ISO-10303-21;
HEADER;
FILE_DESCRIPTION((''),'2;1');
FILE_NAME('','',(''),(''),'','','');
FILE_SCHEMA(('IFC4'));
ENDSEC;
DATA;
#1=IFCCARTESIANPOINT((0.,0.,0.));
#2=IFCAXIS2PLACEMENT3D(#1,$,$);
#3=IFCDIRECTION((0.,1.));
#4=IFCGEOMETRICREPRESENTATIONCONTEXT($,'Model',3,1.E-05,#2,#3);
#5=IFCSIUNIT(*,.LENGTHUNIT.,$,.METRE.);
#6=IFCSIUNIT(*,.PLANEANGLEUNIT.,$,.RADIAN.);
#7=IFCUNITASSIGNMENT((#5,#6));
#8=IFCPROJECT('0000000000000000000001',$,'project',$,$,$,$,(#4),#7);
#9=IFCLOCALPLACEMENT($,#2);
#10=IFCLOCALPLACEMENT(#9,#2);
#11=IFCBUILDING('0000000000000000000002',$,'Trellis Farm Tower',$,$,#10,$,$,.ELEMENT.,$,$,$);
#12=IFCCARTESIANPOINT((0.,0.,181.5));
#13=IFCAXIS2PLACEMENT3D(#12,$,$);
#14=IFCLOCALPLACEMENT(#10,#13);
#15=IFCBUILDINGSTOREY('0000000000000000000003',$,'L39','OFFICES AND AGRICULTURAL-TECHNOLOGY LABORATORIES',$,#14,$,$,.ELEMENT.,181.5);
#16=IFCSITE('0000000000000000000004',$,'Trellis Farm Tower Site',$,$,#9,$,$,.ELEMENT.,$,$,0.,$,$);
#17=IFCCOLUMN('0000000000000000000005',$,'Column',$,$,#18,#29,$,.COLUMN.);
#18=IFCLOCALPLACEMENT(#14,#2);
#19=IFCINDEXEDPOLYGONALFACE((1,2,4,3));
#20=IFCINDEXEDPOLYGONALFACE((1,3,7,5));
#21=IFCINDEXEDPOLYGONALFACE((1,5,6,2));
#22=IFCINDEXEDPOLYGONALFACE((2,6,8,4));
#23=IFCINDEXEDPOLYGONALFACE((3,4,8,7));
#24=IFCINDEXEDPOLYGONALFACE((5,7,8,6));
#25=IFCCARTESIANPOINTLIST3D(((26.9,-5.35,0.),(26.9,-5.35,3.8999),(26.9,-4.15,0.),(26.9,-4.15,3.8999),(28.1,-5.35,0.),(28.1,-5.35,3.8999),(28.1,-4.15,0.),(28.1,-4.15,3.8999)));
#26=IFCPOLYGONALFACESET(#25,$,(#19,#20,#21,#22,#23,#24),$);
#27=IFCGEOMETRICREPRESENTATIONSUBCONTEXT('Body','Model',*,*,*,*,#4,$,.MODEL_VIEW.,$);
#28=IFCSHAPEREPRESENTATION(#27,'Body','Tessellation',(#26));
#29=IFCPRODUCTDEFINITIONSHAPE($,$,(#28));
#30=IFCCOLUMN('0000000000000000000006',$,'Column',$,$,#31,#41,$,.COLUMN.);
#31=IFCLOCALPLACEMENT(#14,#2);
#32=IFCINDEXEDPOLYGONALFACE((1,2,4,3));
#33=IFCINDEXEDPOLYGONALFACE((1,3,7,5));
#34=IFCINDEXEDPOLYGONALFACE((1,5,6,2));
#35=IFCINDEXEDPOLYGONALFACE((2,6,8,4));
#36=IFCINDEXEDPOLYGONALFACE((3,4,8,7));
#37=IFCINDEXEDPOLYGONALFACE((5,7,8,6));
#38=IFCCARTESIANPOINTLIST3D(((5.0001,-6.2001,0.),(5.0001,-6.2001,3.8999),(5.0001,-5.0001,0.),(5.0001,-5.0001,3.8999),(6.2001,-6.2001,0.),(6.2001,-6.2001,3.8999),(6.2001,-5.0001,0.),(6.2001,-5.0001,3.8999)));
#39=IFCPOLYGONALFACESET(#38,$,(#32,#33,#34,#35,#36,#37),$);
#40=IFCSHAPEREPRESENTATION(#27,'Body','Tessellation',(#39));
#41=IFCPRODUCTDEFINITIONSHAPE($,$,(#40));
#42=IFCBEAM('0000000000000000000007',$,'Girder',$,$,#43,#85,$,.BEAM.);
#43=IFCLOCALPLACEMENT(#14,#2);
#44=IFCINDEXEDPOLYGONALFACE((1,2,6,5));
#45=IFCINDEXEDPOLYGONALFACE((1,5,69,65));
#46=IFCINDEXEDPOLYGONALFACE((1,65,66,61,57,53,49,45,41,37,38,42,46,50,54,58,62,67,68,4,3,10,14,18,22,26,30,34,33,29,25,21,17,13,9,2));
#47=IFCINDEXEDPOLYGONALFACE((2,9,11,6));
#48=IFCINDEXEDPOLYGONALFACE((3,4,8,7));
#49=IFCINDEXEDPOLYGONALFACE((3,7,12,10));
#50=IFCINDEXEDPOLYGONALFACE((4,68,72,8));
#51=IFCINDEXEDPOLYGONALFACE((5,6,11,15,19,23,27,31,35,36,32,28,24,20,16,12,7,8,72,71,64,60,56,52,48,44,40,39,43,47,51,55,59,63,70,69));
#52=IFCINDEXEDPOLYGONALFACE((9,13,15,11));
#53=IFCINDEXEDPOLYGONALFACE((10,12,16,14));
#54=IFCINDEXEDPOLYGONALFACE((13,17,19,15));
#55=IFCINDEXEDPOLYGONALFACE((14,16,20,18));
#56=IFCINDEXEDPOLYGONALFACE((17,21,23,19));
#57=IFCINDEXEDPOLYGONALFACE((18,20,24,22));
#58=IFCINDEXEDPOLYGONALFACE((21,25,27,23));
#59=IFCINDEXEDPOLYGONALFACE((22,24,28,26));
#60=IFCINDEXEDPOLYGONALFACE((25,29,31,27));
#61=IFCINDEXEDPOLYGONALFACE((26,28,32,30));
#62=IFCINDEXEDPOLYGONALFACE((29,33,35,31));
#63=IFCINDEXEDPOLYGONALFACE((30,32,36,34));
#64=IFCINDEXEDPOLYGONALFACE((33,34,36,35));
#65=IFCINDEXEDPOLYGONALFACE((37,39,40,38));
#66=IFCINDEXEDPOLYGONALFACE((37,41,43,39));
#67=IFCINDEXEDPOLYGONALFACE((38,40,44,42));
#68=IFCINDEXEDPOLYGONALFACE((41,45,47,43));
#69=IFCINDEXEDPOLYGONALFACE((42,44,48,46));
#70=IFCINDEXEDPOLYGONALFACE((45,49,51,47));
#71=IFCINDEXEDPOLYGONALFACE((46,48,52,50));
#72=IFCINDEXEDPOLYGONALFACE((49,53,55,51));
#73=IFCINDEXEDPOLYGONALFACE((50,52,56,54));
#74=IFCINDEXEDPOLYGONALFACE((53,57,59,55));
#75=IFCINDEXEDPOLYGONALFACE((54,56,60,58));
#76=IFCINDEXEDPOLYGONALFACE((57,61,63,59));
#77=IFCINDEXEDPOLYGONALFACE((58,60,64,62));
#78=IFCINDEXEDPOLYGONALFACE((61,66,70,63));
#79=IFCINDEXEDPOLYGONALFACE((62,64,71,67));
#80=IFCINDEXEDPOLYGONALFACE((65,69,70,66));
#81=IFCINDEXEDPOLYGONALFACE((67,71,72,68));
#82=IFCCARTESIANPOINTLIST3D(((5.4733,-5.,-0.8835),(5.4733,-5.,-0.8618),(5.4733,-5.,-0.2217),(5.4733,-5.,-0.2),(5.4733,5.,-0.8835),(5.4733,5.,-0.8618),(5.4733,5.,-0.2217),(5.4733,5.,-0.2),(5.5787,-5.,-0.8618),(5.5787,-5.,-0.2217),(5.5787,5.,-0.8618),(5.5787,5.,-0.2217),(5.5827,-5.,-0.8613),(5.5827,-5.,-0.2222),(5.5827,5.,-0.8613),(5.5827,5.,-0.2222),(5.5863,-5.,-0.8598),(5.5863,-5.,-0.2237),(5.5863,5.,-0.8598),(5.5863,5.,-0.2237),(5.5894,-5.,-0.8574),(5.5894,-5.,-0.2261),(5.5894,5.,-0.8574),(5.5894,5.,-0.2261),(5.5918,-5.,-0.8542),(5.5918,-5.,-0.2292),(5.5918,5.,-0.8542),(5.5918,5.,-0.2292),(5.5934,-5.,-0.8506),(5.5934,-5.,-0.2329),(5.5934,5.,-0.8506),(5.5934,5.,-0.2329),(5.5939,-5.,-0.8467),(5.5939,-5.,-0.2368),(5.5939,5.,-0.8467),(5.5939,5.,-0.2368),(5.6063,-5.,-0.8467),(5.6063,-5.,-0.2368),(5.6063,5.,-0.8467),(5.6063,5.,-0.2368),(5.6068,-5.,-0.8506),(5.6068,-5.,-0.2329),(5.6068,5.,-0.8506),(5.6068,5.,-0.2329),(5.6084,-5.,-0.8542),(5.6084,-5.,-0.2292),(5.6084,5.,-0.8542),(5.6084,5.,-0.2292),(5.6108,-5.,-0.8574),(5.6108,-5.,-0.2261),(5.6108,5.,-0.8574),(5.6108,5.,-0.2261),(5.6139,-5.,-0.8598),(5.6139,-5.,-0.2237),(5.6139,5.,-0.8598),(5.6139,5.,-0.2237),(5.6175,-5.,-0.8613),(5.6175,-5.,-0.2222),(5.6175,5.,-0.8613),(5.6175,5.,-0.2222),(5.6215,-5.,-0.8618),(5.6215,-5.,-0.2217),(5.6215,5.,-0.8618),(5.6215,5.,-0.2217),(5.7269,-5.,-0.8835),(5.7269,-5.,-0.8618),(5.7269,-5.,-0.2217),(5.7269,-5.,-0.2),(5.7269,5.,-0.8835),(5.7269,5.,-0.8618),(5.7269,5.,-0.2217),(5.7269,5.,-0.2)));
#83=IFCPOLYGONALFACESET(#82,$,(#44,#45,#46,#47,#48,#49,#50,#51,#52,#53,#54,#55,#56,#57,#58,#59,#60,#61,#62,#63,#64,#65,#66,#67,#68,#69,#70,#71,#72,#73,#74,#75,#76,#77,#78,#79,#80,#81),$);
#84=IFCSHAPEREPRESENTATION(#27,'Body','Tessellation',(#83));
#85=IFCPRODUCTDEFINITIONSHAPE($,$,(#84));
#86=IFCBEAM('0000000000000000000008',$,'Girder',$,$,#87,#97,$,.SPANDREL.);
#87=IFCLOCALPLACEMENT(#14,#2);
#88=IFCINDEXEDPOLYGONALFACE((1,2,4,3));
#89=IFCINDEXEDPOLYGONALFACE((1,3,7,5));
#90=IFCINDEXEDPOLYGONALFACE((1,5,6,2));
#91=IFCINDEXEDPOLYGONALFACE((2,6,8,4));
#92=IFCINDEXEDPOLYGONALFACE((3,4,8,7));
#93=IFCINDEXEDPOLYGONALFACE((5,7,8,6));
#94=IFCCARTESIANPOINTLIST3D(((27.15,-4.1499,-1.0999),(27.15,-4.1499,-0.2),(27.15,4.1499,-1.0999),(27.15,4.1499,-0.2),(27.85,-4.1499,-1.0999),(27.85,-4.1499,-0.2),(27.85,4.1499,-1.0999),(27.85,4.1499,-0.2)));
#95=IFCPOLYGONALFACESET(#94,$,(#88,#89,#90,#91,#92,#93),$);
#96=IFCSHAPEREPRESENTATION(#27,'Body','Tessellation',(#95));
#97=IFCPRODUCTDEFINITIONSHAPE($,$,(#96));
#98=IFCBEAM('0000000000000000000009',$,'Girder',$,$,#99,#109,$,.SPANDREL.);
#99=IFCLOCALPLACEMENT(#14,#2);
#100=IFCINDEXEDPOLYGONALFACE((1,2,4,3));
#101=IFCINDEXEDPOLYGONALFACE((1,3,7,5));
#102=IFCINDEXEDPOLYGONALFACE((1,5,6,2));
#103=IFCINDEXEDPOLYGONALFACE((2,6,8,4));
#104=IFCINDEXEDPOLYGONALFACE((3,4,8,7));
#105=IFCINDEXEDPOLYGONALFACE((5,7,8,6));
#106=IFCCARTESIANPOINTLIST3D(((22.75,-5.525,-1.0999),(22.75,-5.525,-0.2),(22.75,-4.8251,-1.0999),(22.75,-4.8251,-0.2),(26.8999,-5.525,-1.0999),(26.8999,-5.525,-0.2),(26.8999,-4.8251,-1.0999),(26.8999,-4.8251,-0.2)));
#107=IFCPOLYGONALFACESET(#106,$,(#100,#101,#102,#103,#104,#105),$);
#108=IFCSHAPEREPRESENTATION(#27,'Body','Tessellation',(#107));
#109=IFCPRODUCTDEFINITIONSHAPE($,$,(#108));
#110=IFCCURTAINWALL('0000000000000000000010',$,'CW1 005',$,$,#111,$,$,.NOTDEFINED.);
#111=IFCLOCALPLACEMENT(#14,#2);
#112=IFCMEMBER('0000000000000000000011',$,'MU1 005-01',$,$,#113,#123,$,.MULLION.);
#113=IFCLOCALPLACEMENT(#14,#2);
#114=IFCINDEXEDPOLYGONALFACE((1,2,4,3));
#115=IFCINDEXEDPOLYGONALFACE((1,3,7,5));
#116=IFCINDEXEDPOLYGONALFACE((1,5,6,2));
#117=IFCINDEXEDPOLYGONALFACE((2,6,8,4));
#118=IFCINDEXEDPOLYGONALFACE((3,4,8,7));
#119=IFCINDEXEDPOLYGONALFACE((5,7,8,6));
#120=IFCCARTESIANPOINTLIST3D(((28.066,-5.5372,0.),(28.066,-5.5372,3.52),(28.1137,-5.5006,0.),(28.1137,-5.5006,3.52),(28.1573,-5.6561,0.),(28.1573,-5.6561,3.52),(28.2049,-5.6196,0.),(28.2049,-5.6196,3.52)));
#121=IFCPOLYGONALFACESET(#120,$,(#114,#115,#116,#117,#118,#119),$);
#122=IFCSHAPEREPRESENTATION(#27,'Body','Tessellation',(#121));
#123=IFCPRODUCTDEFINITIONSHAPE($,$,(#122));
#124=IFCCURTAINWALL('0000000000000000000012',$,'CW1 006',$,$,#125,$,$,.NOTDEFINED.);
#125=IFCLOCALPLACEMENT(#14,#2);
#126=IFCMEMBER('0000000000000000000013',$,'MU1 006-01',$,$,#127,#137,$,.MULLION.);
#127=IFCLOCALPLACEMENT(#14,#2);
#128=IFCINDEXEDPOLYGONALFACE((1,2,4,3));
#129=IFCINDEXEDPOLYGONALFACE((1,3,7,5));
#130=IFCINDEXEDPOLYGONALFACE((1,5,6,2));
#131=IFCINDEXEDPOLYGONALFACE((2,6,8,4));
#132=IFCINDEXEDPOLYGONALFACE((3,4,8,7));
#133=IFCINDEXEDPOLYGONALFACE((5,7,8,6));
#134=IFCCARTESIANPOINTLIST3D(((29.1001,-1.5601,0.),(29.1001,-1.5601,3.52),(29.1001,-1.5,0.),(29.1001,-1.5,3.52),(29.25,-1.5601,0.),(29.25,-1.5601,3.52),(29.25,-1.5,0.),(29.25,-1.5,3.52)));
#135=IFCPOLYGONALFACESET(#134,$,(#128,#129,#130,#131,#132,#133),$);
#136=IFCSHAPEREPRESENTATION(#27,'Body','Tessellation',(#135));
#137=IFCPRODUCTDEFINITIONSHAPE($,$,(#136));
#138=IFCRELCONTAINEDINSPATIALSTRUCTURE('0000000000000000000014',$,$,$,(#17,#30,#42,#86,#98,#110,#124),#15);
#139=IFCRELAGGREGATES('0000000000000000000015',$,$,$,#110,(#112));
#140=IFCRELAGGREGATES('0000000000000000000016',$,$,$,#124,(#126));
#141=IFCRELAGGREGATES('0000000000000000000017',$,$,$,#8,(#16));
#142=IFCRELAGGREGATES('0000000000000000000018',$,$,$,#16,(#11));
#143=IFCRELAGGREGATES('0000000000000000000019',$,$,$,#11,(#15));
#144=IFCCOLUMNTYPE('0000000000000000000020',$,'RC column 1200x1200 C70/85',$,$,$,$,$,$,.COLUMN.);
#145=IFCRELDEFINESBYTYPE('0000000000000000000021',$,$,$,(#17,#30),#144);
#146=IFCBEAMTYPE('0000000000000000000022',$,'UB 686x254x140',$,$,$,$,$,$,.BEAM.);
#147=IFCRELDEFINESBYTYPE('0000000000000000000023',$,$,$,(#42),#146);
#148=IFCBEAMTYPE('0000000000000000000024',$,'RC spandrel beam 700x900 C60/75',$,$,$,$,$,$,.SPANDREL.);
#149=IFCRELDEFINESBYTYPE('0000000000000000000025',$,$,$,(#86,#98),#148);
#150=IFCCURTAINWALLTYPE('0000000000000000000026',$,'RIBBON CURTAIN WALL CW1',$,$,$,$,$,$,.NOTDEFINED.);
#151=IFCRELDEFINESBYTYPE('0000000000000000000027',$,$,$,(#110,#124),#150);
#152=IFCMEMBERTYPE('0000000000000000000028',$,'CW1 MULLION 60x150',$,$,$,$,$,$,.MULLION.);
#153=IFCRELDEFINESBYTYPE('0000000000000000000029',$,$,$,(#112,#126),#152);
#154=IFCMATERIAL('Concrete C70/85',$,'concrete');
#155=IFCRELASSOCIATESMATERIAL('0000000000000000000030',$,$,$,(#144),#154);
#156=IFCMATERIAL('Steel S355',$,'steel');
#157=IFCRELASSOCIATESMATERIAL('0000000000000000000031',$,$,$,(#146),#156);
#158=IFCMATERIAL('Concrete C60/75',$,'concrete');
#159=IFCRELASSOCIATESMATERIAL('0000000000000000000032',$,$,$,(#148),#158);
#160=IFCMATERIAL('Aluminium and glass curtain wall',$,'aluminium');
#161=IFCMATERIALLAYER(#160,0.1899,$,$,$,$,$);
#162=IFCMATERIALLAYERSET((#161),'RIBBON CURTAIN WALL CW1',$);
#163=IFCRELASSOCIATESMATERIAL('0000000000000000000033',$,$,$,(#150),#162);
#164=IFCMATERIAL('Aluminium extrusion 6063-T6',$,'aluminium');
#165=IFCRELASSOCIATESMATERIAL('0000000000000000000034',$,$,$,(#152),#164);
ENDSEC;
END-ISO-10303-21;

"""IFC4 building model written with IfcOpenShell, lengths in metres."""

from ifc_helpers import new_model, si_unit, direction, frame, origin, origin_2d, place, context, subcontext, project, spatial, rectangle, i_section, extrude, source, transform, mapped, material, layer, layer_set, material_profile, profile_set, type_object, element, aggregate, save


model = new_model("IFC4")

# Units and contexts
model_context = context("Model", 3, precision=1e-05, world=origin(), true_north=direction((0.0, 1.0)))
body_context = subcontext(model_context, "Body", "Model", "MODEL_VIEW")
ifc_project = project(units=[si_unit("LENGTHUNIT", "METRE"), si_unit("PLANEANGLEUNIT", "RADIAN")], contexts=[model_context])

# Site, building, storey
site_placement = place(None, origin())
site = spatial("IfcSite", under=ifc_project, at=site_placement, Name="Trellis Farm Tower Site", CompositionType="ELEMENT", RefElevation=0.0)
building_placement = place(site_placement, origin())
building = spatial("IfcBuilding", under=site, at=building_placement, Name="Trellis Farm Tower", CompositionType="ELEMENT")
storey_placement = place(building_placement, frame((0.0, 0.0, 181.5)))
storey = spatial("IfcBuildingStorey", under=building, at=storey_placement, Name="L39", Description="OFFICES AND AGRICULTURAL-TECHNOLOGY LABORATORIES", CompositionType="ELEMENT", Elevation=181.5)

# Columns
ifc_material_1 = material(Name="Concrete C70/85", Category="concrete")
ifc_material_profile_1 = material_profile(ifc_material_1, rectangle(XDim=1.2, YDim=1.2, at=origin_2d()), Name="RC column 1200x1200 C70/85")
ifc_profile_set_1 = profile_set([ifc_material_profile_1], Name="Concrete C70/85")
column_type = type_object("IfcColumnType", Name="RC column 1200x1200 C70/85", PredefinedType="COLUMN", material=ifc_profile_set_1)
shared_shape_1 = source(origin(), body_context, "Body", "SweptSolid", [
    extrude(rectangle(XDim=1.2, YDim=1.2, at=origin_2d()), origin(), (0.0, 0.0, 1.0), 3.8999),
])
for number, where, z_axis, x_axis, name in (
    (1, (27.5, -4.75, 0.0), (0.0, 0.0, 1.0), (1.0, 0.0, 0.0), "Column"),
    (2, (5.6001, -5.6001, 0.0), (0.0, 0.0, 1.0), (1.0, 0.0, 0.0), "Column"),
):
    element("IfcColumn", number, at=place(storey_placement, frame(where, z_axis=z_axis, x_axis=x_axis)), inside=storey, type_object=column_type, Name=name, PredefinedType="COLUMN", context=body_context, shape_type="MappedRepresentation", body=[
        mapped(shared_shape_1, transform((0.0, 0.0, 0.0))),
    ])

# Beams
ifc_material_2 = material(Name="Steel S355", Category="steel")
ifc_material_profile_2 = material_profile(ifc_material_2, i_section(OverallWidth=0.2537, OverallDepth=0.6836, WebThickness=0.0125, FlangeThickness=0.0217, FilletRadius=0.0151, at=origin_2d()), Name="UB 686x254x140")
ifc_profile_set_2 = profile_set([ifc_material_profile_2], Name="Steel S355")
beam_type_1 = type_object("IfcBeamType", Name="UB 686x254x140", PredefinedType="BEAM", material=ifc_profile_set_2)
shared_shape_2 = source(origin(), body_context, "Body", "SweptSolid", [
    extrude(i_section(OverallWidth=0.2537, OverallDepth=0.6836, WebThickness=0.0125, FlangeThickness=0.0217, FilletRadius=0.0151, at=origin_2d()), origin(), (0.0, 0.0, 1.0), 10.0),
])
beam_1_placement = place(storey_placement, frame((5.6001, -5.0, -0.5417), z_axis=(0.0, 1.0, 0.0), x_axis=(-1.0, 0.0, 0.0)))
element("IfcBeam", 3, at=beam_1_placement, inside=storey, type_object=beam_type_1, Name="Girder", PredefinedType="BEAM", context=body_context, shape_type="MappedRepresentation", body=[
    mapped(shared_shape_2, transform((0.0, 0.0, 0.0))),
])
ifc_material_3 = material(Name="Concrete C60/75", Category="concrete")
ifc_material_profile_3 = material_profile(ifc_material_3, rectangle(XDim=0.7, YDim=0.8999, at=origin_2d()), Name="RC spandrel beam 700x900 C60/75")
ifc_profile_set_3 = profile_set([ifc_material_profile_3], Name="Concrete C60/75")
beam_type_2 = type_object("IfcBeamType", Name="RC spandrel beam 700x900 C60/75", PredefinedType="SPANDREL", material=ifc_profile_set_3)
shared_shape_3 = source(origin(), body_context, "Body", "SweptSolid", [
    extrude(rectangle(XDim=0.7, YDim=0.8999, at=origin_2d()), origin(), (0.0, 0.0, 1.0), 8.2998),
])
beam_2_placement = place(storey_placement, frame((27.5, -4.1499, -0.6499), z_axis=(0.0, 1.0, 0.0), x_axis=(-1.0, 0.0, 0.0)))
element("IfcBeam", 4, at=beam_2_placement, inside=storey, type_object=beam_type_2, Name="Girder", PredefinedType="SPANDREL", context=body_context, shape_type="MappedRepresentation", body=[
    mapped(shared_shape_3, transform((0.0, 0.0, 0.0))),
])
shared_shape_4 = source(origin(), body_context, "Body", "SweptSolid", [
    extrude(rectangle(XDim=0.7, YDim=0.8999, at=origin_2d()), origin(), (0.0, 0.0, 1.0), 4.1499),
])
beam_3_placement = place(storey_placement, frame((22.75, -5.175, -0.6499), z_axis=(1.0, 0.0, 0.0), x_axis=(0.0, 1.0, 0.0)))
element("IfcBeam", 5, at=beam_3_placement, inside=storey, type_object=beam_type_2, Name="Girder", PredefinedType="SPANDREL", context=body_context, shape_type="MappedRepresentation", body=[
    mapped(shared_shape_4, transform((0.0, 0.0, 0.0))),
])

# Curtain walls, members
ifc_material_4 = material(Name="Aluminium and glass curtain wall", Category="aluminium")
ifc_layer_1 = layer(ifc_material_4, 0.1899)
ifc_layer_set_1 = layer_set([ifc_layer_1], Name="RIBBON CURTAIN WALL CW1")
curtain_wall_type = type_object("IfcCurtainWallType", Name="RIBBON CURTAIN WALL CW1", PredefinedType="NOTDEFINED", material=ifc_layer_set_1)
placement = place(storey_placement, origin())
curtain_wall_1 = element("IfcCurtainWall", 6, at=placement, inside=storey, type_object=curtain_wall_type, Name="CW1 005", PredefinedType="NOTDEFINED")
ifc_material_5 = material(Name="Aluminium extrusion 6063-T6", Category="aluminium")
ifc_material_profile_4 = material_profile(ifc_material_5, rectangle(XDim=0.0601, YDim=0.1499, at=origin_2d()), Name="MULLION 60x150")
ifc_profile_set_4 = profile_set([ifc_material_profile_4], Name="Aluminium extrusion 6063-T6")
member_type = type_object("IfcMemberType", Name="CW1 MULLION 60x150", PredefinedType="MULLION", material=ifc_profile_set_4)
shared_shape_5 = source(origin(), body_context, "Body", "SweptSolid", [
    extrude(rectangle(XDim=0.0601, YDim=0.1499, at=origin_2d()), origin(), (0.0, 0.0, 1.0), 3.52),
])
member_1_placement = place(storey_placement, frame((28.1355, -5.5784, 0.0), z_axis=(0.0, 0.0, 1.0), x_axis=(0.793353, 0.608761, 0.0)))
member_1 = element("IfcMember", 7, at=member_1_placement, type_object=member_type, Name="MU1 005-01", PredefinedType="MULLION", context=body_context, shape_type="MappedRepresentation", body=[
    mapped(shared_shape_5, transform((0.0, 0.0, 0.0))),
])
aggregate(curtain_wall_1, [member_1])
curtain_wall_2 = element("IfcCurtainWall", 8, at=placement, inside=storey, type_object=curtain_wall_type, Name="CW1 006", PredefinedType="NOTDEFINED")
member_2_placement = place(storey_placement, frame((29.175, -1.53, 0.0), z_axis=(0.0, 0.0, 1.0), x_axis=(0.0, 1.0, 0.0)))
member_2 = element("IfcMember", 9, at=member_2_placement, type_object=member_type, Name="MU1 006-01", PredefinedType="MULLION", context=body_context, shape_type="MappedRepresentation", body=[
    mapped(shared_shape_5, transform((0.0, 0.0, 0.0))),
])
aggregate(curtain_wall_2, [member_2])

save(model, "model.ifc")
